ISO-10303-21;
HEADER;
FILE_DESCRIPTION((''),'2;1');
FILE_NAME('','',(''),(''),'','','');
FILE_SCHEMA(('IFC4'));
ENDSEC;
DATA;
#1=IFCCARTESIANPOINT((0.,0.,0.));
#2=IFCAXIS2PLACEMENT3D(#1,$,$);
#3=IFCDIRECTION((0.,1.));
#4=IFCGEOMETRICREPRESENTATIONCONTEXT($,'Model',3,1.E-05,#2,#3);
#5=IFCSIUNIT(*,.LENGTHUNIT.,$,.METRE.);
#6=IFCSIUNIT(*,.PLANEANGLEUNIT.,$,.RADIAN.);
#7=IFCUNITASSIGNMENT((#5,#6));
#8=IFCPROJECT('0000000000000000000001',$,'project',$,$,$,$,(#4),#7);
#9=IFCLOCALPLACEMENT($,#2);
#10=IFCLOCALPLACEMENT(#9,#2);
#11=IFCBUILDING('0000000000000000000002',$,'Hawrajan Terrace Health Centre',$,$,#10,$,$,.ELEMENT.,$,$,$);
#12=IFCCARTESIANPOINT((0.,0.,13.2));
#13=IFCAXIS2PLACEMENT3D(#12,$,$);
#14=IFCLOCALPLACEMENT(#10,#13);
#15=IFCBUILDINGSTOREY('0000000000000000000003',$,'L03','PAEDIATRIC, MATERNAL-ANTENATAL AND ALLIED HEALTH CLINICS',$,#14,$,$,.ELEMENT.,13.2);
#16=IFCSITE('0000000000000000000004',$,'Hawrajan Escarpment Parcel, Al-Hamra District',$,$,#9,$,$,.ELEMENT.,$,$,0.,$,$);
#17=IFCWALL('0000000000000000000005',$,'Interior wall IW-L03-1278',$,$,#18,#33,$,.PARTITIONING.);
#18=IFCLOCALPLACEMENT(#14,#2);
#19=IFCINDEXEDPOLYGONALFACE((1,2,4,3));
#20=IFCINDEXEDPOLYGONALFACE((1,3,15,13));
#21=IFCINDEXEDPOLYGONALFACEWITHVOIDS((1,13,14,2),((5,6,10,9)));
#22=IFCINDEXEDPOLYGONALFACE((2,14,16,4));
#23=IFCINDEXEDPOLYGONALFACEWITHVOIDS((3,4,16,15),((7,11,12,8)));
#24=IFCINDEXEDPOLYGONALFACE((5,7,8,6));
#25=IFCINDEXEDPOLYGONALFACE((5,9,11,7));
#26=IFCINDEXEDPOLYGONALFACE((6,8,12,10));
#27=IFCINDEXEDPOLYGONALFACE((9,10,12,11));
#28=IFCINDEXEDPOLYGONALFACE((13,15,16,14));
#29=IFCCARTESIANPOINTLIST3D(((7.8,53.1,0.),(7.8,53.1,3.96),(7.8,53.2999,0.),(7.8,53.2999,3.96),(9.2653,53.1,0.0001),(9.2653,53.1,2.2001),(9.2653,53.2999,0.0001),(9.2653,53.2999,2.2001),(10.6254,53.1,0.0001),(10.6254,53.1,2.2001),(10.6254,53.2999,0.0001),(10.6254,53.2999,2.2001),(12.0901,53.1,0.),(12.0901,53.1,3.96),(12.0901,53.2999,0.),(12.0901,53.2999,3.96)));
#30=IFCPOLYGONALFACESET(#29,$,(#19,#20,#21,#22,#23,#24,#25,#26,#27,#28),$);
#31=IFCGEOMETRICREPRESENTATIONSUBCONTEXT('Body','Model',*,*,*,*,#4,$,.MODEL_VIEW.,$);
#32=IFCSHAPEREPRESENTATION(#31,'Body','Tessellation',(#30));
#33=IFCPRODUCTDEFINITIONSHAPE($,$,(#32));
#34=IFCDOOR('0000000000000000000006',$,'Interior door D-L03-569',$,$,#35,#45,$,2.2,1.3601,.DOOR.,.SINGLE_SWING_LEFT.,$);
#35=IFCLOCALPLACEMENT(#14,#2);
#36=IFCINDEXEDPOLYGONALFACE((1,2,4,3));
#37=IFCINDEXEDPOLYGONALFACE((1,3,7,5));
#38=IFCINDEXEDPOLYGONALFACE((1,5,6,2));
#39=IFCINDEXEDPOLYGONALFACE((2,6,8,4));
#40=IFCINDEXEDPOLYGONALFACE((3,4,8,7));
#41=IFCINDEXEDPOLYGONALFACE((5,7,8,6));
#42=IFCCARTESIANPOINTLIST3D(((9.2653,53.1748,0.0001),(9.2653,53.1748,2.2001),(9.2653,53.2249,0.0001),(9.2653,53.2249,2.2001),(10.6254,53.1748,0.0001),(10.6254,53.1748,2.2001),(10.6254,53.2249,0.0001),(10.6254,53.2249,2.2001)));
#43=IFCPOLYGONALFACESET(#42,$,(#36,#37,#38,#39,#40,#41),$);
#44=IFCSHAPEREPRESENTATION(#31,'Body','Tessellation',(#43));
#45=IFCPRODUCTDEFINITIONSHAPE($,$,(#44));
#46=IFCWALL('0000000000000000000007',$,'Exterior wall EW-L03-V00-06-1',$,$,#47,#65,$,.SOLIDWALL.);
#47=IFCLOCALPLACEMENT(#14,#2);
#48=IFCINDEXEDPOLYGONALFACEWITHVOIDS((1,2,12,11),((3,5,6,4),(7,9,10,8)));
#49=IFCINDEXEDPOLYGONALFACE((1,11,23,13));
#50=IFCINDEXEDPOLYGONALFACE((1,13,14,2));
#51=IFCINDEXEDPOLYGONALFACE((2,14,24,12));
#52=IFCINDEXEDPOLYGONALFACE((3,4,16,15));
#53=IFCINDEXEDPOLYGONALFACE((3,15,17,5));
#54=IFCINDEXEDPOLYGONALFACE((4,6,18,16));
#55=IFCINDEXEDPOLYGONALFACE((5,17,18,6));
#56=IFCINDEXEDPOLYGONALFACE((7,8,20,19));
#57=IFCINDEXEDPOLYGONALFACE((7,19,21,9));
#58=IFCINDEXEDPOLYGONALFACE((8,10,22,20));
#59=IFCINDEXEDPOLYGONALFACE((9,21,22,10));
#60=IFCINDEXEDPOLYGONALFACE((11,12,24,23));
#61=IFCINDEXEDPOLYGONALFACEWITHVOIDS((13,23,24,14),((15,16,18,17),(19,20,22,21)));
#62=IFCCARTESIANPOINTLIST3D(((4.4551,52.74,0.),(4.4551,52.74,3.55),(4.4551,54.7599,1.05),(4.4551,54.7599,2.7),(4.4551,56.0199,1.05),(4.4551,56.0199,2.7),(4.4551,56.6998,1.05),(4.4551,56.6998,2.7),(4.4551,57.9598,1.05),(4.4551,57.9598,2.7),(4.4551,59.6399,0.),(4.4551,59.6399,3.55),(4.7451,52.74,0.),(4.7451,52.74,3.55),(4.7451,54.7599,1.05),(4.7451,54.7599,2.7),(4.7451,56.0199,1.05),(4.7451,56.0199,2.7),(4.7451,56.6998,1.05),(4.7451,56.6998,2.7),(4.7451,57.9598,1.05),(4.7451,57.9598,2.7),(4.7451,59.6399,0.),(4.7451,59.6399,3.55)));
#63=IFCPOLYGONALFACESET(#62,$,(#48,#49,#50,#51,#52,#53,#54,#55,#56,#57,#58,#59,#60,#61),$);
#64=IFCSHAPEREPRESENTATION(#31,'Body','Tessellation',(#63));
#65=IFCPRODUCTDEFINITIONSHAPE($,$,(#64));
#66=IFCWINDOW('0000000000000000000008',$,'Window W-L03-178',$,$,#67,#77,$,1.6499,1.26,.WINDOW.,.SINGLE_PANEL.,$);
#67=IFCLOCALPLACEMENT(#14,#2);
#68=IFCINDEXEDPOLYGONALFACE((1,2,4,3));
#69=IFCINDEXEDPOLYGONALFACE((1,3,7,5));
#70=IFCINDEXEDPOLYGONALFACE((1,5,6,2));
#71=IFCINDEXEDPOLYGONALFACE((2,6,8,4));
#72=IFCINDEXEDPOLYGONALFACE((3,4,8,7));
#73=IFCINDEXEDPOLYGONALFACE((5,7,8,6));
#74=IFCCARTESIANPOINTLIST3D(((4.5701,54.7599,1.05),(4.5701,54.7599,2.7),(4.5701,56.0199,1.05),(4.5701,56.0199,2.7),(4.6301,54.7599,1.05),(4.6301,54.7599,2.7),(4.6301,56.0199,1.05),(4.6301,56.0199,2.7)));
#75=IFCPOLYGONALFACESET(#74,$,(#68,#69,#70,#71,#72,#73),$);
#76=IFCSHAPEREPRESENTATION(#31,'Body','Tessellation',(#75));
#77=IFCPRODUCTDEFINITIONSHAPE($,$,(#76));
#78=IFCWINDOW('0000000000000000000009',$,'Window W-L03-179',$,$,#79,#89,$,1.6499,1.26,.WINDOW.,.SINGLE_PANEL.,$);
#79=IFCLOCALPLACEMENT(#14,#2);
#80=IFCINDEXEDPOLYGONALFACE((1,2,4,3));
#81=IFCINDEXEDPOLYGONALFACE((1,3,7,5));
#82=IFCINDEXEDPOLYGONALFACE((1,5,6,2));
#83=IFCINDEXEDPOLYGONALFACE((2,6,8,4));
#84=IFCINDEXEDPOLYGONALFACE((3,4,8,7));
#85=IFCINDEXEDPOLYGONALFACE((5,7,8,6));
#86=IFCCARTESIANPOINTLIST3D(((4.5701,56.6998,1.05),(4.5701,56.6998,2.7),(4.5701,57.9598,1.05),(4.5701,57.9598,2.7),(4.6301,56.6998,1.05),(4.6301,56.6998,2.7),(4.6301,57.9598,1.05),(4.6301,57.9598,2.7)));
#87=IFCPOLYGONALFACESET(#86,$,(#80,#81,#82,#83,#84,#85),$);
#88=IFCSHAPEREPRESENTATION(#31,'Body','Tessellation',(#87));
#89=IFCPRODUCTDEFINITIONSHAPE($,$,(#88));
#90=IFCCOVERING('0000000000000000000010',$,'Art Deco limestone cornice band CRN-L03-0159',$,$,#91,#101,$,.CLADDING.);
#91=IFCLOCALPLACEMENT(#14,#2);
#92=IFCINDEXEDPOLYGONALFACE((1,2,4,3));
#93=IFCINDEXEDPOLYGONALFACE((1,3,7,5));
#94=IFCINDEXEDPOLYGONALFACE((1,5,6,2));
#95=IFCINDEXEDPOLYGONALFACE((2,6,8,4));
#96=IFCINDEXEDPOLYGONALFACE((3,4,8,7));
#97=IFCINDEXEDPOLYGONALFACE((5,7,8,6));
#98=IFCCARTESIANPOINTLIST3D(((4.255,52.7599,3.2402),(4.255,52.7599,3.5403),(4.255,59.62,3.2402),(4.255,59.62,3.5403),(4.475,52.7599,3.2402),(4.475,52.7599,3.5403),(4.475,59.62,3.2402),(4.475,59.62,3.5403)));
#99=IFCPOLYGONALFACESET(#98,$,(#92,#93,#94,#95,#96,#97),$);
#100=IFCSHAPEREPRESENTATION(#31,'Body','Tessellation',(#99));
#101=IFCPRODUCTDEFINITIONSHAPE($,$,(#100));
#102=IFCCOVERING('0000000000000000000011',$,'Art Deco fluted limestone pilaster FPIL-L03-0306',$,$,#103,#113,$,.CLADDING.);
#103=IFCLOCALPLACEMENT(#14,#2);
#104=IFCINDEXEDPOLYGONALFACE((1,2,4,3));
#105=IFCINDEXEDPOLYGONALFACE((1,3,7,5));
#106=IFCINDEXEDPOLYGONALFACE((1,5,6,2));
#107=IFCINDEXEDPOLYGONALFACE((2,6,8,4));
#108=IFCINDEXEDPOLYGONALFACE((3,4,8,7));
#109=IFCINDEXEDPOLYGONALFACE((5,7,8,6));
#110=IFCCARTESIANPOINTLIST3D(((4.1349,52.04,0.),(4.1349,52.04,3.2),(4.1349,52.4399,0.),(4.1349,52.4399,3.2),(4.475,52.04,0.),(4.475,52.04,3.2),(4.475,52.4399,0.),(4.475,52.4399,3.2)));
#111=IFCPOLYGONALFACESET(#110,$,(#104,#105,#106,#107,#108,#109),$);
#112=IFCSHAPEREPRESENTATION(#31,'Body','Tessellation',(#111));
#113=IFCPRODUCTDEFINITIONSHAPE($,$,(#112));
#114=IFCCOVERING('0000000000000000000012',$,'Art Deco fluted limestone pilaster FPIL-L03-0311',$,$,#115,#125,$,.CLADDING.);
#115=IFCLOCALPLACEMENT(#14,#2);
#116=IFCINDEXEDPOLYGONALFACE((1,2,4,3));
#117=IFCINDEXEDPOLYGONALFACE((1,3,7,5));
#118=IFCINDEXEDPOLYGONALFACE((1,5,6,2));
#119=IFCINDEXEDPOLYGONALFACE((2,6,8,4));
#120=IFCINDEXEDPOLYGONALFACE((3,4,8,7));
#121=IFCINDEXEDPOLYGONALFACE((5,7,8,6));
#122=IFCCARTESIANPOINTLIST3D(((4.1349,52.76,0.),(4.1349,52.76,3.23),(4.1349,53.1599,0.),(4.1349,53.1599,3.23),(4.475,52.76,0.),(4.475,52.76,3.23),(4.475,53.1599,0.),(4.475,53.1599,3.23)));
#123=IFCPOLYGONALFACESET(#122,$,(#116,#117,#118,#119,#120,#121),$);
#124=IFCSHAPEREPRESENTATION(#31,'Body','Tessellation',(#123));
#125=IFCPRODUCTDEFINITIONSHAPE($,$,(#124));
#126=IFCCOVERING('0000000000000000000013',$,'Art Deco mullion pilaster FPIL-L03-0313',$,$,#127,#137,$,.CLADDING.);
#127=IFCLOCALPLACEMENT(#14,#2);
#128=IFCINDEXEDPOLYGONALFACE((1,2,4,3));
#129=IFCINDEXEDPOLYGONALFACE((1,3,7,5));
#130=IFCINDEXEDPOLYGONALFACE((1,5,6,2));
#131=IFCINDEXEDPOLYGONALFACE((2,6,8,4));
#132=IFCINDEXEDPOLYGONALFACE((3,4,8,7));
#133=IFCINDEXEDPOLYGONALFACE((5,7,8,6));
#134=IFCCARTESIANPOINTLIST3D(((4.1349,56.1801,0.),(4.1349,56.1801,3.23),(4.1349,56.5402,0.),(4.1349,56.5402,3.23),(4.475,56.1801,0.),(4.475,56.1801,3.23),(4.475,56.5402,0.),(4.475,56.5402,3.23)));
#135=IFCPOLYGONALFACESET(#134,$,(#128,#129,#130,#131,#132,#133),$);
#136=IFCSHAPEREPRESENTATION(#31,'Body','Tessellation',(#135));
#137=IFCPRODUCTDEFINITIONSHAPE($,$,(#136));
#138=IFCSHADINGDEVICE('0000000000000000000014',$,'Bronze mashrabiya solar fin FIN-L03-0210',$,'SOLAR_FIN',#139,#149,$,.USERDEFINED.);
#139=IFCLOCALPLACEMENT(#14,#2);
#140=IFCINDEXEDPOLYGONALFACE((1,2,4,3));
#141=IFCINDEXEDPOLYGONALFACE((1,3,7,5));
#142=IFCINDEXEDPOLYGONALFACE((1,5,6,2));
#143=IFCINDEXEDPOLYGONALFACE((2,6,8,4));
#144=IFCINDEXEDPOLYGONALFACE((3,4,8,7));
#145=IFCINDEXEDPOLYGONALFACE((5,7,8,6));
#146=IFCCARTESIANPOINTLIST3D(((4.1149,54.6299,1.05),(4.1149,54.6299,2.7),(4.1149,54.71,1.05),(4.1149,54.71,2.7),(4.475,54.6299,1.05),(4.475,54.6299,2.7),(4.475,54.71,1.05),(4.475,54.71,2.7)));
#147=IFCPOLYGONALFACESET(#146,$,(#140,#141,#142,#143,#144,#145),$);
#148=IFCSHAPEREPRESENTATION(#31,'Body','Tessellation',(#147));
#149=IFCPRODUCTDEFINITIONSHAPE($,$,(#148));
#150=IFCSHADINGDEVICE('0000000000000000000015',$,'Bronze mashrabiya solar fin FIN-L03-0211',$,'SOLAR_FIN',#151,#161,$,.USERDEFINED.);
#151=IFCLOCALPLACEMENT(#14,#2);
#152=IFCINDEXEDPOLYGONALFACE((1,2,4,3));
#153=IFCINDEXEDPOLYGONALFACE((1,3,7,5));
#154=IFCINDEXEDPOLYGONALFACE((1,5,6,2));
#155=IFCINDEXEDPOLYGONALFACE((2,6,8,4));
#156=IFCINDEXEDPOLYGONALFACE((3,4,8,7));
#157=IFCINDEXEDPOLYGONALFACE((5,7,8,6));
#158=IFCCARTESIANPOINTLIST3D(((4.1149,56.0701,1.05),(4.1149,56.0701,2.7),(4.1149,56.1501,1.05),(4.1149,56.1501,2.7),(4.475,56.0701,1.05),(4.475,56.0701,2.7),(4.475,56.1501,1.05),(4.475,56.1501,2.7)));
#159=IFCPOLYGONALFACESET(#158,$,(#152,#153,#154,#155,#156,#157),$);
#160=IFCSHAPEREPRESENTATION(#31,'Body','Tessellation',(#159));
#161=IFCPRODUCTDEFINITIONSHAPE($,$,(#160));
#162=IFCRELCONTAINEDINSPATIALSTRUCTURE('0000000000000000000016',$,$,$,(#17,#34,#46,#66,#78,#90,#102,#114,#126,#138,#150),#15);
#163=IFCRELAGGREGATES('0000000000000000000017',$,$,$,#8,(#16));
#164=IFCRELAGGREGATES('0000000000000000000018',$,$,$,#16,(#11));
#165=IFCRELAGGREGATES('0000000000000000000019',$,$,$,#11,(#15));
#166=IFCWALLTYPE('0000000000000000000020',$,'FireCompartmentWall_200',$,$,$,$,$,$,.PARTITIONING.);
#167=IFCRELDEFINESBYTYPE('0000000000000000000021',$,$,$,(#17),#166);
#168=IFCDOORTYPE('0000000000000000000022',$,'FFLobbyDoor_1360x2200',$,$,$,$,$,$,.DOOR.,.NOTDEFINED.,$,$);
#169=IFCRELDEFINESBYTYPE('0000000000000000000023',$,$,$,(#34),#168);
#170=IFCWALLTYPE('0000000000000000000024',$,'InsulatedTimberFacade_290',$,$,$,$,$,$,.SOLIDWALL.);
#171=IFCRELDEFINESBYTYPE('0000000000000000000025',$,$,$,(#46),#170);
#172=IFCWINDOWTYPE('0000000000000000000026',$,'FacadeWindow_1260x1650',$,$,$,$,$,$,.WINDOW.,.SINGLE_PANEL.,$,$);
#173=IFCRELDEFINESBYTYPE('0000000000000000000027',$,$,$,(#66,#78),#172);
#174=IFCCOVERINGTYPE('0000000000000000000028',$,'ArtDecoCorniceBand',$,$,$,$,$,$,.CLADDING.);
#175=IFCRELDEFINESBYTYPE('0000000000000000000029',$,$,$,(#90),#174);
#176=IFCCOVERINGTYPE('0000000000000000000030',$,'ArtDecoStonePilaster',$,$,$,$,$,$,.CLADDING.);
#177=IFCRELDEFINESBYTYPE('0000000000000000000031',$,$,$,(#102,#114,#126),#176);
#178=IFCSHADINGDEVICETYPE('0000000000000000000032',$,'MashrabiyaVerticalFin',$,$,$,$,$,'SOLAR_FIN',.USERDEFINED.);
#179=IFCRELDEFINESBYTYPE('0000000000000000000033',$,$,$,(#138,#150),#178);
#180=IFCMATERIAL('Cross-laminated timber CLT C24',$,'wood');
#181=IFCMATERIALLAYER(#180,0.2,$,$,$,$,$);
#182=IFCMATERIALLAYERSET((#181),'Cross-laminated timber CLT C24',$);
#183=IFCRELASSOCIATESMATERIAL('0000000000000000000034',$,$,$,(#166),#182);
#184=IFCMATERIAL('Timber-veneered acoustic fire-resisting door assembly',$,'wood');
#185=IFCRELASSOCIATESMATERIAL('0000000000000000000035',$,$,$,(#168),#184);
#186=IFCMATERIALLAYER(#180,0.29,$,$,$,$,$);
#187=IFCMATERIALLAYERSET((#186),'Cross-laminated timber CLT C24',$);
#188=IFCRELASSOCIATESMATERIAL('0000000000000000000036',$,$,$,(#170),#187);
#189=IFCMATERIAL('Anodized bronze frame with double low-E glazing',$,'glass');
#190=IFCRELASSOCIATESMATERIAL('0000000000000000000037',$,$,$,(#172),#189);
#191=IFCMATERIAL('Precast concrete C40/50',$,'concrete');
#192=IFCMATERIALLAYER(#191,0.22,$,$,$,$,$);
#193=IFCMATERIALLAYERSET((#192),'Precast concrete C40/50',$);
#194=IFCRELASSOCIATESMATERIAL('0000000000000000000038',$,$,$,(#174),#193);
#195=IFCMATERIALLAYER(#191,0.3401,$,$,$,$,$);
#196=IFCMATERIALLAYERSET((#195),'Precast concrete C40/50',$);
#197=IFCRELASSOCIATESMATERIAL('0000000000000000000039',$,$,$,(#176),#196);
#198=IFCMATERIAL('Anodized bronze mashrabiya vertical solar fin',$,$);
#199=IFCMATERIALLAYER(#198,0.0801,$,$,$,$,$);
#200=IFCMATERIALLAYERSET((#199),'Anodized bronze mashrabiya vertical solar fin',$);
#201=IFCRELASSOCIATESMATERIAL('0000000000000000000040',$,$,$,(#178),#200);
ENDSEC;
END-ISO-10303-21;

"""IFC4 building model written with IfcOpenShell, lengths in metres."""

from ifc_helpers import new_model, si_unit, direction, frame, frame_2d, origin, origin_2d, place, context, subcontext, project, spatial, rectangle, extrude, material, layer, layer_set, type_object, element, fill, save


model = new_model("IFC4")

# Units and contexts
model_context = context("Model", 3, precision=1e-05, world=origin(), true_north=direction((0.0, 1.0)))
body_context = subcontext(model_context, "Body", "Model", "MODEL_VIEW")
ifc_project = project(units=[si_unit("LENGTHUNIT", "METRE"), si_unit("PLANEANGLEUNIT", "RADIAN")], contexts=[model_context])

# Site, building, storey
site_placement = place(None, origin())
site = spatial("IfcSite", under=ifc_project, at=site_placement, Name="Hawrajan Escarpment Parcel, Al-Hamra District", CompositionType="ELEMENT", RefElevation=0.0)
building_placement = place(site_placement, origin())
building = spatial("IfcBuilding", under=site, at=building_placement, Name="Hawrajan Terrace Health Centre", CompositionType="ELEMENT")
storey_placement = place(building_placement, frame((0.0, 0.0, 13.2)))
storey = spatial("IfcBuildingStorey", under=building, at=storey_placement, Name="L03", Description="PAEDIATRIC, MATERNAL-ANTENATAL AND ALLIED HEALTH CLINICS", CompositionType="ELEMENT", Elevation=13.2)

# Shared definitions
ifc_material_1 = material(Name="Cross-laminated timber CLT C24", Category="wood")
ifc_layer_1 = layer(ifc_material_1, 0.2)
ifc_layer_set_1 = layer_set([ifc_layer_1], Name="Cross-laminated timber CLT C24")
wall_type_1 = type_object("IfcWallType", Name="FireCompartmentWall_200", PredefinedType="PARTITIONING", material=ifc_layer_set_1)

# Wall, opening, door
wall_1_placement = place(storey_placement, frame((7.8, 53.2, 0.0), z_axis=(0.0, 0.0, 1.0), x_axis=(1.0, 0.0, 0.0)))
wall_1 = element("IfcWall", 1, at=wall_1_placement, inside=storey, type_object=wall_type_1, Name="Interior wall IW-L03-1278", PredefinedType="PARTITIONING", context=body_context, shape_type="SweptSolid", body=[
    extrude(rectangle(XDim=4.29, YDim=0.2, at=frame_2d((2.145, 0.0))), origin(), (0.0, 0.0, 1.0), 3.96),
])
opening_1_placement = place(wall_1_placement, frame((1.4651, 0.0, 0.0)))
opening_1 = element("IfcOpeningElement", 2, at=opening_1_placement, cuts=wall_1, PredefinedType="OPENING", context=body_context, shape_type="SweptSolid", body=[
    extrude(rectangle(XDim=1.3601, YDim=2.2, at=frame_2d((0.6802, 1.1001))), frame((0.0, 0.1099, 0.0), z_axis=(0.0, -1.0, 0.0), x_axis=(1.0, 0.0, 0.0)), (0.0, 0.0, 1.0), 0.22),
])
ifc_material_2 = material(Name="Timber-veneered acoustic fire-resisting door assembly", Category="wood")
door_type_1 = type_object("IfcDoorType", Name="FFLobbyDoor_1360x2200", OperationType="NOTDEFINED", PredefinedType="DOOR", material=ifc_material_2)
door_1_placement = place(opening_1_placement, origin())
door_1 = element("IfcDoor", 3, at=door_1_placement, inside=storey, type_object=door_type_1, Name="Interior door D-L03-569", OperationType="SINGLE_SWING_LEFT", OverallHeight=2.2, OverallWidth=1.3601, PredefinedType="DOOR", context=body_context, shape_type="SweptSolid", body=[
    extrude(rectangle(XDim=1.3601, YDim=2.2, at=frame_2d((0.6802, 1.1001))), frame((0.0, 0.0249, 0.0), z_axis=(0.0, -1.0, 0.0), x_axis=(1.0, 0.0, 0.0)), (0.0, 0.0, 1.0), 0.05),
])
fill(opening_1, door_1)

# Wall, openings, windows
ifc_layer_2 = layer(ifc_material_1, 0.29)
ifc_layer_set_2 = layer_set([ifc_layer_2], Name="Cross-laminated timber CLT C24")
wall_type_2 = type_object("IfcWallType", Name="InsulatedTimberFacade_290", PredefinedType="SOLIDWALL", material=ifc_layer_set_2)
wall_2_placement = place(storey_placement, frame((4.6001, 52.74, 0.0), z_axis=(0.0, 0.0, 1.0), x_axis=(0.0, 1.0, 0.0)))
wall_2 = element("IfcWall", 4, at=wall_2_placement, inside=storey, type_object=wall_type_2, Name="Exterior wall EW-L03-V00-06-1", PredefinedType="SOLIDWALL", context=body_context, shape_type="SweptSolid", body=[
    extrude(rectangle(XDim=6.8999, YDim=0.29, at=frame_2d((3.45, 0.0))), origin(), (0.0, 0.0, 1.0), 3.55),
])
opening_2_placement = place(wall_2_placement, frame((2.02, 0.0, 1.05)))
opening_2 = element("IfcOpeningElement", 5, at=opening_2_placement, cuts=wall_2, PredefinedType="OPENING", context=body_context, shape_type="SweptSolid", body=[
    extrude(rectangle(XDim=1.26, YDim=1.6499, at=frame_2d((0.6299, 0.825))), frame((0.0, 0.155, 0.0), z_axis=(0.0, -1.0, 0.0), x_axis=(1.0, 0.0, 0.0)), (0.0, 0.0, 1.0), 0.3101),
])
opening_3_placement = place(wall_2_placement, frame((3.96, 0.0, 1.05)))
opening_3 = element("IfcOpeningElement", 6, at=opening_3_placement, cuts=wall_2, PredefinedType="OPENING", context=body_context, shape_type="SweptSolid", body=[
    extrude(rectangle(XDim=1.26, YDim=1.6499, at=frame_2d((0.6299, 0.825))), frame((0.0, 0.155, 0.0), z_axis=(0.0, -1.0, 0.0), x_axis=(1.0, 0.0, 0.0)), (0.0, 0.0, 1.0), 0.3101),
])
ifc_material_3 = material(Name="Anodized bronze frame with double low-E glazing", Category="glass")
window_type = type_object("IfcWindowType", Name="FacadeWindow_1260x1650", PartitioningType="SINGLE_PANEL", PredefinedType="WINDOW", material=ifc_material_3)
window_1_placement = place(opening_2_placement, origin())
window_1 = element("IfcWindow", 7, at=window_1_placement, inside=storey, type_object=window_type, Name="Window W-L03-178", OverallHeight=1.6499, OverallWidth=1.26, PartitioningType="SINGLE_PANEL", PredefinedType="WINDOW", context=body_context, shape_type="SweptSolid", body=[
    extrude(rectangle(XDim=1.26, YDim=1.6499, at=frame_2d((0.6299, 0.825))), frame((0.0, 0.03, 0.0), z_axis=(0.0, -1.0, 0.0), x_axis=(1.0, 0.0, 0.0)), (0.0, 0.0, 1.0), 0.0601),
])
fill(opening_2, window_1)
window_2_placement = place(opening_3_placement, origin())
window_2 = element("IfcWindow", 8, at=window_2_placement, inside=storey, type_object=window_type, Name="Window W-L03-179", OverallHeight=1.6499, OverallWidth=1.26, PartitioningType="SINGLE_PANEL", PredefinedType="WINDOW", context=body_context, shape_type="SweptSolid", body=[
    extrude(rectangle(XDim=1.26, YDim=1.6499, at=frame_2d((0.6299, 0.825))), frame((0.0, 0.03, 0.0), z_axis=(0.0, -1.0, 0.0), x_axis=(1.0, 0.0, 0.0)), (0.0, 0.0, 1.0), 0.0601),
])
fill(opening_3, window_2)

# Coverings
ifc_material_4 = material(Name="Precast concrete C40/50", Category="concrete")
ifc_layer_3 = layer(ifc_material_4, 0.22)
ifc_layer_set_3 = layer_set([ifc_layer_3], Name="Precast concrete C40/50")
covering_type_1 = type_object("IfcCoveringType", Name="ArtDecoCorniceBand", PredefinedType="CLADDING", material=ifc_layer_set_3)
covering_1_placement = place(storey_placement, frame((4.365, 56.1899, 3.2402), z_axis=(0.0, 0.0, 1.0), x_axis=(0.0, 1.0, 0.0)))
element("IfcCovering", 9, at=covering_1_placement, inside=storey, type_object=covering_type_1, Name="Art Deco limestone cornice band CRN-L03-0159", PredefinedType="CLADDING", context=body_context, shape_type="SweptSolid", body=[
    extrude(rectangle(XDim=6.8601, YDim=0.22, at=origin_2d()), origin(), (0.0, 0.0, 1.0), 0.3),
])
ifc_layer_4 = layer(ifc_material_4, 0.3401)
ifc_layer_set_4 = layer_set([ifc_layer_4], Name="Precast concrete C40/50")
covering_type_2 = type_object("IfcCoveringType", Name="ArtDecoStonePilaster", PredefinedType="CLADDING", material=ifc_layer_set_4)
covering_2_placement = place(storey_placement, frame((4.3049, 52.24, 0.0), z_axis=(0.0, 0.0, 1.0), x_axis=(0.0, 1.0, 0.0)))
element("IfcCovering", 10, at=covering_2_placement, inside=storey, type_object=covering_type_2, Name="Art Deco fluted limestone pilaster FPIL-L03-0306", PredefinedType="CLADDING", context=body_context, shape_type="SweptSolid", body=[
    extrude(rectangle(XDim=0.3999, YDim=0.3401, at=origin_2d()), origin(), (0.0, 0.0, 1.0), 3.2),
])
covering_3_placement = place(storey_placement, frame((4.3049, 52.96, 0.0), z_axis=(0.0, 0.0, 1.0), x_axis=(0.0, 1.0, 0.0)))
element("IfcCovering", 11, at=covering_3_placement, inside=storey, type_object=covering_type_2, Name="Art Deco fluted limestone pilaster FPIL-L03-0311", PredefinedType="CLADDING", context=body_context, shape_type="SweptSolid", body=[
    extrude(rectangle(XDim=0.3999, YDim=0.3401, at=origin_2d()), origin(), (0.0, 0.0, 1.0), 3.23),
])
covering_4_placement = place(storey_placement, frame((4.3049, 56.3601, 0.0), z_axis=(0.0, 0.0, 1.0), x_axis=(0.0, 1.0, 0.0)))
element("IfcCovering", 12, at=covering_4_placement, inside=storey, type_object=covering_type_2, Name="Art Deco mullion pilaster FPIL-L03-0313", PredefinedType="CLADDING", context=body_context, shape_type="SweptSolid", body=[
    extrude(rectangle(XDim=0.3601, YDim=0.3401, at=origin_2d()), origin(), (0.0, 0.0, 1.0), 3.23),
])

# Shading devices
ifc_material_5 = material(Name="Anodized bronze mashrabiya vertical solar fin")
ifc_layer_5 = layer(ifc_material_5, 0.0801)
ifc_layer_set_5 = layer_set([ifc_layer_5], Name="Anodized bronze mashrabiya vertical solar fin")
shading_device_type = type_object("IfcShadingDeviceType", Name="MashrabiyaVerticalFin", ElementType="SOLAR_FIN", PredefinedType="USERDEFINED", material=ifc_layer_set_5)
for number, where, z_axis, x_axis, name in (
    (13, (4.2949, 54.6699, 1.05), (0.0, 0.0, 1.0), (0.0, 1.0, 0.0), "Bronze mashrabiya solar fin FIN-L03-0210"),
    (14, (4.2949, 56.1101, 1.05), (0.0, 0.0, 1.0), (0.0, 1.0, 0.0), "Bronze mashrabiya solar fin FIN-L03-0211"),
):
    element("IfcShadingDevice", number, at=place(storey_placement, frame(where, z_axis=z_axis, x_axis=x_axis)), inside=storey, type_object=shading_device_type, Name=name, ObjectType="SOLAR_FIN", PredefinedType="USERDEFINED", context=body_context, shape_type="SweptSolid", body=[
        extrude(rectangle(XDim=0.0801, YDim=0.3601, at=origin_2d()), origin(), (0.0, 0.0, 1.0), 1.6499),
    ])

save(model, "model.ifc")
